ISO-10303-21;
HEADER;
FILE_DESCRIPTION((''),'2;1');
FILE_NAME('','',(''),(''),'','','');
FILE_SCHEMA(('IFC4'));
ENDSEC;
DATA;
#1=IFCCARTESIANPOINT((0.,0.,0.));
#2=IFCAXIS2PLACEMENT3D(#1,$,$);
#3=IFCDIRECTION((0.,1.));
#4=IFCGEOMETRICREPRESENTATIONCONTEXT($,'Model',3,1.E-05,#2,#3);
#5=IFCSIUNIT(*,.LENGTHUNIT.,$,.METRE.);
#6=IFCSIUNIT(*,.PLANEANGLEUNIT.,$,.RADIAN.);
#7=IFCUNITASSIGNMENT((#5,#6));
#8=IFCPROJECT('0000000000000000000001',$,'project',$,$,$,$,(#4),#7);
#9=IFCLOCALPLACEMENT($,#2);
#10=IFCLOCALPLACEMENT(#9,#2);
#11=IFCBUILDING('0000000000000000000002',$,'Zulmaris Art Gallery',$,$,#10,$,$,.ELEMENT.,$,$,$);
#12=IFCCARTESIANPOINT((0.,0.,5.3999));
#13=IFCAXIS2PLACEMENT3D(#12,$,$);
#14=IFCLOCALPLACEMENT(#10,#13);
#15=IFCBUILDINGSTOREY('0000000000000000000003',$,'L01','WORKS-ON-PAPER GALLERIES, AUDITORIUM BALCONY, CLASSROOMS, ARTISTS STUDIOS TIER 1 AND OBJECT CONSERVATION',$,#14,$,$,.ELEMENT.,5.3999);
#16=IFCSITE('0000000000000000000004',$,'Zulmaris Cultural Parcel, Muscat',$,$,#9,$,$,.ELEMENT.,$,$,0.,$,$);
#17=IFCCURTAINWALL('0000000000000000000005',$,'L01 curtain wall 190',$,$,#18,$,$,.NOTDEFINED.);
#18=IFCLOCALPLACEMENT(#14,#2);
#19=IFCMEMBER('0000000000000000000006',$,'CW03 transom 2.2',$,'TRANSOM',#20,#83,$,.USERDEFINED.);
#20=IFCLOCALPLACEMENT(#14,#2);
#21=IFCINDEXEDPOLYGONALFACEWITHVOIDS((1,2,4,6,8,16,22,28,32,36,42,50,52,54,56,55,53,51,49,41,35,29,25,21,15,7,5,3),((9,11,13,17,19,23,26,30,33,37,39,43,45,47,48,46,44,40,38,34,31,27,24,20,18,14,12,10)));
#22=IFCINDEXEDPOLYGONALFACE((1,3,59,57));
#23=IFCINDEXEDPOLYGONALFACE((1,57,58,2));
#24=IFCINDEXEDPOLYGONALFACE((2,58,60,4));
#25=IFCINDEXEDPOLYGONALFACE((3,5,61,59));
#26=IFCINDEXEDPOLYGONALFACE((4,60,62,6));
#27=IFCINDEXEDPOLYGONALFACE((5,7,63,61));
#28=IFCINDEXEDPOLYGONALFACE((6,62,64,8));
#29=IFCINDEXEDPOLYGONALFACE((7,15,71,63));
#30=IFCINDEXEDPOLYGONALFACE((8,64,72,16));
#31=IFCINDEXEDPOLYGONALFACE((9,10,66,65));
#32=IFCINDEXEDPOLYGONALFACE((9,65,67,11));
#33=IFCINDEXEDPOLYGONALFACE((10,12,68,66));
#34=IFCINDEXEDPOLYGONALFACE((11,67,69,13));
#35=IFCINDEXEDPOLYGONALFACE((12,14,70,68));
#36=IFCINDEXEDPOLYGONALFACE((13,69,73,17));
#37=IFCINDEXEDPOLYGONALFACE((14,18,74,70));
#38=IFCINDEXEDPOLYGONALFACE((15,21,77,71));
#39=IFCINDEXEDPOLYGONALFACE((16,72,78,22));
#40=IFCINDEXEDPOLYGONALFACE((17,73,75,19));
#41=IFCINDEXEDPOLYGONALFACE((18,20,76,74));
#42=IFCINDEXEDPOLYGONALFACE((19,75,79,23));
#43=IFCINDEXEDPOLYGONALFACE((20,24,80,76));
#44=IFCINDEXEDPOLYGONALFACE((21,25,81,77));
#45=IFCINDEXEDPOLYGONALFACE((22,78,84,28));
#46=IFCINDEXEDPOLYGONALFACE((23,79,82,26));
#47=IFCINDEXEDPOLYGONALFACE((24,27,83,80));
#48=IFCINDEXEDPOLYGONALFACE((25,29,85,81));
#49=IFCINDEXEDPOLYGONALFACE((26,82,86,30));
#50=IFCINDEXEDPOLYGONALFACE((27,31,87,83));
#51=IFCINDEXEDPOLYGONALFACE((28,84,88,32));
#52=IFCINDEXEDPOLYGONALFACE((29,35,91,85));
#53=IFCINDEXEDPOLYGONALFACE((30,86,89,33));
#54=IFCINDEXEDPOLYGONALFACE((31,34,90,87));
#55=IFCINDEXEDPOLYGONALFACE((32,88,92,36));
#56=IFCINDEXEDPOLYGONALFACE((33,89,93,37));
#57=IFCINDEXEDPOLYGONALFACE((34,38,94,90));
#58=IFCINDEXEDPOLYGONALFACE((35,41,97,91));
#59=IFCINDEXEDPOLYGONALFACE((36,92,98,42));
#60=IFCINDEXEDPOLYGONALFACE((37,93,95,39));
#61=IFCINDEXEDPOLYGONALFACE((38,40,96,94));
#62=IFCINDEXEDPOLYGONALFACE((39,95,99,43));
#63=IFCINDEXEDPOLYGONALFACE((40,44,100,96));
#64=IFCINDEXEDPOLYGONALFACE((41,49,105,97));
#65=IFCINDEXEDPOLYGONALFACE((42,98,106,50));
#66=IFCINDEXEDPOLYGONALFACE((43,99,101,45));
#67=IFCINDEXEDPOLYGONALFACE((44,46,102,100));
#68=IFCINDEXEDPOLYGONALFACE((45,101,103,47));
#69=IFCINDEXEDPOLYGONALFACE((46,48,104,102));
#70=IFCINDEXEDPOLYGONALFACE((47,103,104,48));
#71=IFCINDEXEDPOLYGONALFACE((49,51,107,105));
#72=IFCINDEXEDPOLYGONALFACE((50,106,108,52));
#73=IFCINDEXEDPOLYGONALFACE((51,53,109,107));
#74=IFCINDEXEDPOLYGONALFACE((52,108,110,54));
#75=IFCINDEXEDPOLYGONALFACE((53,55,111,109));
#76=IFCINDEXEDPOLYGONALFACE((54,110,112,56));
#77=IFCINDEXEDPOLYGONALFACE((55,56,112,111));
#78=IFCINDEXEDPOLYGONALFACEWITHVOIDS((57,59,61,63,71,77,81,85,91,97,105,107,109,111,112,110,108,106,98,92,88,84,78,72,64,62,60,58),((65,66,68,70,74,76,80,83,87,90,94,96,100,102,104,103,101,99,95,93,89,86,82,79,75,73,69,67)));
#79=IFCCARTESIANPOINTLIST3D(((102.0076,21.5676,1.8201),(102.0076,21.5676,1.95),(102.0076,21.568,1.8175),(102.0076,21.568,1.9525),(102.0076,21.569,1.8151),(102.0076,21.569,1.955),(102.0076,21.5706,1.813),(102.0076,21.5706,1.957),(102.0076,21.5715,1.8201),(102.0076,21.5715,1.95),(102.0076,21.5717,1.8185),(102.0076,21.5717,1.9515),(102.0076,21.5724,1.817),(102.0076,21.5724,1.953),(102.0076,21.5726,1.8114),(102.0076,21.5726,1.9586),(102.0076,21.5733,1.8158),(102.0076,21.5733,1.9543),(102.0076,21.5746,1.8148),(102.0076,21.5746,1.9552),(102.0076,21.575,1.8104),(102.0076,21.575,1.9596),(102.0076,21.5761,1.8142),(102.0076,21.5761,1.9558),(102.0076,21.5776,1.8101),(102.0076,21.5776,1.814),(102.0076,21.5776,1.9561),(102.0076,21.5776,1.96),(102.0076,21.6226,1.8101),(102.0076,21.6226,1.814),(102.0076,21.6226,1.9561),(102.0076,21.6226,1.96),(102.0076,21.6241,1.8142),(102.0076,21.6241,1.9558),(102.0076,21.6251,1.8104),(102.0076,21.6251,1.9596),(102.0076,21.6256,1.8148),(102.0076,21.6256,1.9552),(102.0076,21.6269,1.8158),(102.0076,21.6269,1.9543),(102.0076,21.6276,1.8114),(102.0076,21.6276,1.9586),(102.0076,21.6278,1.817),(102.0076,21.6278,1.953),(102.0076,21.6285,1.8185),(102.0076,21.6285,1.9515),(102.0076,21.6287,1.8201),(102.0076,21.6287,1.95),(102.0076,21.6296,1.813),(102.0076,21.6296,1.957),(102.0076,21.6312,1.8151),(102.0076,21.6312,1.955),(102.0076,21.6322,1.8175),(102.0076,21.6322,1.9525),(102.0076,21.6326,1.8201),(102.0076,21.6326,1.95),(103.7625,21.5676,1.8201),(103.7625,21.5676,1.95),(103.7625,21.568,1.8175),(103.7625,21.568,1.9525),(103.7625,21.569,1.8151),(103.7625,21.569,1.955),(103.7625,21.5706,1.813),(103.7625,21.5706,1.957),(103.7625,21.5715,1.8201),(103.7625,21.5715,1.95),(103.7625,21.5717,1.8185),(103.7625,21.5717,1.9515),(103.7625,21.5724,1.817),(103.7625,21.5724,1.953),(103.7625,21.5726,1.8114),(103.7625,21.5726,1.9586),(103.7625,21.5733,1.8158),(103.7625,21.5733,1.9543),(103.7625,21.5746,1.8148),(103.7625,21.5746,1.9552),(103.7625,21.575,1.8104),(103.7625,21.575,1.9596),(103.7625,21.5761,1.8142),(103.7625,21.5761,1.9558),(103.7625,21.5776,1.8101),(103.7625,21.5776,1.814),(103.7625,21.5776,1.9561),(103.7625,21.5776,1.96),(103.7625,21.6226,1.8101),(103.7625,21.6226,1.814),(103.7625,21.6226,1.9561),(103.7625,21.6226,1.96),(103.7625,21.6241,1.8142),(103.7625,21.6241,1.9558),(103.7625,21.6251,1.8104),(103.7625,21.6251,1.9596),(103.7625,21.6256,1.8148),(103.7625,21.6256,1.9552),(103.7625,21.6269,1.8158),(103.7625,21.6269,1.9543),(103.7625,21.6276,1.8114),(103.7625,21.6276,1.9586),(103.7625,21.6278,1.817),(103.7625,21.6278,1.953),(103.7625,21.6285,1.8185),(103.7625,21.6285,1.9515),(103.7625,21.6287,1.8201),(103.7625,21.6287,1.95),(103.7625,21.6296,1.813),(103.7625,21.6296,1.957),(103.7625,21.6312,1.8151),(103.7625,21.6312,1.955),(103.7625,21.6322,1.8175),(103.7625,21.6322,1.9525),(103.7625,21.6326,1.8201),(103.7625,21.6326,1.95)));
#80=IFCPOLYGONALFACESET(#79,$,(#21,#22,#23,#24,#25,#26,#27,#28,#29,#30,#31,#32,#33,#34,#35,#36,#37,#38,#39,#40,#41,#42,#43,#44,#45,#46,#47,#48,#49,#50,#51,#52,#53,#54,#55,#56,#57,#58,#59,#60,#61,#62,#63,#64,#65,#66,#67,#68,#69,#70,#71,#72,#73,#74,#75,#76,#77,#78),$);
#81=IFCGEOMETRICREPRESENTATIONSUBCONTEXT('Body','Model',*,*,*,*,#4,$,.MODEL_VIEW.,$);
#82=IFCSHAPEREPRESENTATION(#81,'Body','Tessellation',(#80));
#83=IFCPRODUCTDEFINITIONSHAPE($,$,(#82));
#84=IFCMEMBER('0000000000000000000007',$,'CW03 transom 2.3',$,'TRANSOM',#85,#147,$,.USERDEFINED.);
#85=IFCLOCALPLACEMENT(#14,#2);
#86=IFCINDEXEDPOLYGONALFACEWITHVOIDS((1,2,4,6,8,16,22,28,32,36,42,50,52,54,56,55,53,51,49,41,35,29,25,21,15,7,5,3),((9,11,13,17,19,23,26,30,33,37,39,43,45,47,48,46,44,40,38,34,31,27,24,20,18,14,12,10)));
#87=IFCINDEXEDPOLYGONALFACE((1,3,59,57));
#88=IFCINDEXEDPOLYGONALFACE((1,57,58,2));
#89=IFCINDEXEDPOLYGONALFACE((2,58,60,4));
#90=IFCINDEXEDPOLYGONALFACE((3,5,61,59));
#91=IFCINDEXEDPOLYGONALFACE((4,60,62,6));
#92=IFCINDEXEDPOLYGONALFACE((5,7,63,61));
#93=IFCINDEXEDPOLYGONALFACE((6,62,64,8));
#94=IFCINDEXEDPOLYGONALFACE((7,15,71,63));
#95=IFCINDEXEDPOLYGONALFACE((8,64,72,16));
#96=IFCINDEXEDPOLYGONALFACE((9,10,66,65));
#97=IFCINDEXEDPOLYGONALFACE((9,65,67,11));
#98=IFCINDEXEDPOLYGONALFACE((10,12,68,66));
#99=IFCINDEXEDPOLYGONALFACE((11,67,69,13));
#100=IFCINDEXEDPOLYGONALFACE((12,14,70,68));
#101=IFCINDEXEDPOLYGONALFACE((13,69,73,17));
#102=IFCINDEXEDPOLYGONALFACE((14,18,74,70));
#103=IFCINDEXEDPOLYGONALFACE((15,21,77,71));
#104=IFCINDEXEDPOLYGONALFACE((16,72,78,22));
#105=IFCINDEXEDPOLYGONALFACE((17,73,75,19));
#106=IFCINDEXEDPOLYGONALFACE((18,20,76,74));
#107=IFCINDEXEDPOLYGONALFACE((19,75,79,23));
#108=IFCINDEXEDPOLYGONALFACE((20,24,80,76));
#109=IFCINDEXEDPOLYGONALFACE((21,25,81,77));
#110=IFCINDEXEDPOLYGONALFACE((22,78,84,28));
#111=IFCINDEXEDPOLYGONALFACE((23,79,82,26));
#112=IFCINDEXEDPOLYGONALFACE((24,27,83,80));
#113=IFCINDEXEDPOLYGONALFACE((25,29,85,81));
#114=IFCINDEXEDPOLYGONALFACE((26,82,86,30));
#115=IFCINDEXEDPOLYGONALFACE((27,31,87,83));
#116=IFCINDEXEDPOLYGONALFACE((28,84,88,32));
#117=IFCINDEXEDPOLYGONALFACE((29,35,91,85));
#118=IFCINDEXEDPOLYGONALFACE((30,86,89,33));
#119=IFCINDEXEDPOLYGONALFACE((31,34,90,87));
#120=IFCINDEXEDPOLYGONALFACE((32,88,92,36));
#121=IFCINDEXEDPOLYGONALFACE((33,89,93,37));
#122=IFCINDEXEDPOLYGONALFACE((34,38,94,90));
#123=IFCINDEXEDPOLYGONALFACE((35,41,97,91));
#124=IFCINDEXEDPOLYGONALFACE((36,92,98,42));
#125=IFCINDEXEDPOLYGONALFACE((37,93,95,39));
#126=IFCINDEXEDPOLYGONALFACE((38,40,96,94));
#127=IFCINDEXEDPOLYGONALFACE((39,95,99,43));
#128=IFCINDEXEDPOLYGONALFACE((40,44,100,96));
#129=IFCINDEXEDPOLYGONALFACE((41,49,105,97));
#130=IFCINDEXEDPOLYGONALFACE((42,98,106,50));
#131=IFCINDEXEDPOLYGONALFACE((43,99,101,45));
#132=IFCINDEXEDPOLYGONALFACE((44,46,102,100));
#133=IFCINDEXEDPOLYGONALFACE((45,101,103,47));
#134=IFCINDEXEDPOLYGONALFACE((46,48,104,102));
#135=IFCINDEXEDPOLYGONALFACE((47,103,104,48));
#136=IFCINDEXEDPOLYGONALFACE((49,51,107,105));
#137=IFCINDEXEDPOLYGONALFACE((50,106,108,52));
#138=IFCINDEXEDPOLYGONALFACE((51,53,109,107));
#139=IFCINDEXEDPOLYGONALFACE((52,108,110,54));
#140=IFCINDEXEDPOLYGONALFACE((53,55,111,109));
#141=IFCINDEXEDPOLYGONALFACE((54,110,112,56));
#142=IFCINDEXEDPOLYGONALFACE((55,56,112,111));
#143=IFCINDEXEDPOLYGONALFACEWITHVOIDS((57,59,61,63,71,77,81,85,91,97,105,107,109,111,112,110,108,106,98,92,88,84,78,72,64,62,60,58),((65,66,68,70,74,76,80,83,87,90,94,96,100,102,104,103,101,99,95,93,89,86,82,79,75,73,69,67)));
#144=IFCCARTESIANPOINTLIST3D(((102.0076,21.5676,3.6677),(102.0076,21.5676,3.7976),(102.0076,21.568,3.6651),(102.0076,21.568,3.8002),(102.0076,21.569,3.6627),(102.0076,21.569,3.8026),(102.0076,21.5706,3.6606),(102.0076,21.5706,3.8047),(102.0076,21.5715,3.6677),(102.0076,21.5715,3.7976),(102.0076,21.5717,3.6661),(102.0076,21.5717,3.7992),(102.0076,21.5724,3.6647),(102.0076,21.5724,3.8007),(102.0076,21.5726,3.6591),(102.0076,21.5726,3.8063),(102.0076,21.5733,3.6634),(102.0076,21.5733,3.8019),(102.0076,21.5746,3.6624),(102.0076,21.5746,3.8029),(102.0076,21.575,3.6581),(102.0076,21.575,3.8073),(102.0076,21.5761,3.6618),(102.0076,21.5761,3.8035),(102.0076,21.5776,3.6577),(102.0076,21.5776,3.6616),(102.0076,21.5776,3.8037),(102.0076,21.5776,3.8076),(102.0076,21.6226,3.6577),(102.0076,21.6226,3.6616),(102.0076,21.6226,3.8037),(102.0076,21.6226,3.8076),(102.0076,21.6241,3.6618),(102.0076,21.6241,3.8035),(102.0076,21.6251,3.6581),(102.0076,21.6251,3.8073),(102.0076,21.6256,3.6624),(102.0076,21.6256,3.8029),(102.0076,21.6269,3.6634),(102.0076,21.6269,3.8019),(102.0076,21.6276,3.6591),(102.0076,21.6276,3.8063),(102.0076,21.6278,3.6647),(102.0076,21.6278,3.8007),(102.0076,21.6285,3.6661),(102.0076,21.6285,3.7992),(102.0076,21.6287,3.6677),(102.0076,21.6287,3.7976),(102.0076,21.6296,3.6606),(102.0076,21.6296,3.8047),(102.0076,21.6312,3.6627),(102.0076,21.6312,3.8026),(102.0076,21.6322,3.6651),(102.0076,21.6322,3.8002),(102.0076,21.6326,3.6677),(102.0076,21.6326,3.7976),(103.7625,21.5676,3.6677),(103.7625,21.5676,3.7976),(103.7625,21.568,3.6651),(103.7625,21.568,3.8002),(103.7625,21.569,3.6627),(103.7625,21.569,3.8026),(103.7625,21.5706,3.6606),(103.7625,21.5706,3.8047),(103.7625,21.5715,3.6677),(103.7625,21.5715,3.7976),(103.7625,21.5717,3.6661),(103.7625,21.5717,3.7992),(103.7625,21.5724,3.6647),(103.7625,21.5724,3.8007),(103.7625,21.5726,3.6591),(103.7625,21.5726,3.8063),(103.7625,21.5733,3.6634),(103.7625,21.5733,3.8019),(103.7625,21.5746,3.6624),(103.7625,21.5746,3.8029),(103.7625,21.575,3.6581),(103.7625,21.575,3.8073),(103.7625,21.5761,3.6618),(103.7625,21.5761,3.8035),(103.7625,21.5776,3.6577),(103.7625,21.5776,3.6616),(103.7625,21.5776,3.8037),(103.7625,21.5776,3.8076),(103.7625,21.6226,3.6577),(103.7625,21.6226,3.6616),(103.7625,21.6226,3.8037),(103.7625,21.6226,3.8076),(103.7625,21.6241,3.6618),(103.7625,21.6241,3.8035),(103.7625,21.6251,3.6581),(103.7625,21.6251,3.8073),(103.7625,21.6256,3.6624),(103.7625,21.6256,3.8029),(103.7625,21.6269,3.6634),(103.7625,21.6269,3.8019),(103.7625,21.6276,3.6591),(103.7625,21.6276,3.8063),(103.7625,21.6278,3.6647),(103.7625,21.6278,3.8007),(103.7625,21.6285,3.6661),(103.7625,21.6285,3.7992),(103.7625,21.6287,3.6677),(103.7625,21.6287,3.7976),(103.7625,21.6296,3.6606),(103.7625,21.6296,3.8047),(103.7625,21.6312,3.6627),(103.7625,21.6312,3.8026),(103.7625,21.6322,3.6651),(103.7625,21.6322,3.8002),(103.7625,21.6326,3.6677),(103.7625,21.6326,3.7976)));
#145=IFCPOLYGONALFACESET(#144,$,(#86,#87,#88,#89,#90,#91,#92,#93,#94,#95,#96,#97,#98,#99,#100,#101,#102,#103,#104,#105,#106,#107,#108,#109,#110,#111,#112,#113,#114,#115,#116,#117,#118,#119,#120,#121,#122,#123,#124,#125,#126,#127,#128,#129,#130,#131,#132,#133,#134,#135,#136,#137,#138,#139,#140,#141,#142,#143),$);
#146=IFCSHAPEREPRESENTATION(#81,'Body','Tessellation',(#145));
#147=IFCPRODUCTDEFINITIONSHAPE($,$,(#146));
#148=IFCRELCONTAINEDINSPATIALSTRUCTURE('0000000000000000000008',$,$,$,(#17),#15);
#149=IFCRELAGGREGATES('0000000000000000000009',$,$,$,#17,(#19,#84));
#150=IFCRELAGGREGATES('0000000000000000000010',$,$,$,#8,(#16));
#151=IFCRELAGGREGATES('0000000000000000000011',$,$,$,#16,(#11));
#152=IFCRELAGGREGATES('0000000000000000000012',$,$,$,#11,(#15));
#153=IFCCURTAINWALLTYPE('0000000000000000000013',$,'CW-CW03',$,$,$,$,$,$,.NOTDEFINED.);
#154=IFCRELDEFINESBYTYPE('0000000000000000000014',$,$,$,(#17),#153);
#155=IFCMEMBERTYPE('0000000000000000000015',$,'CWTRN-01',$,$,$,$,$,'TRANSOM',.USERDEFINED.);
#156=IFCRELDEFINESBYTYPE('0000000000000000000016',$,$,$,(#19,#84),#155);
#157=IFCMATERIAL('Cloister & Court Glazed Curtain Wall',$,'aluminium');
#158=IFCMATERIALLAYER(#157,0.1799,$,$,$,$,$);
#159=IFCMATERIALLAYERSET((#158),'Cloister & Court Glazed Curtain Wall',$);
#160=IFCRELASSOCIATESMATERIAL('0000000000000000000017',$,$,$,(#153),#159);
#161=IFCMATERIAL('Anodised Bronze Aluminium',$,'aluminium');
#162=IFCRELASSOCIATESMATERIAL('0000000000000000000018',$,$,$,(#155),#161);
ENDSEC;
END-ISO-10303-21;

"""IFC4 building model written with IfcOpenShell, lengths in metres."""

from ifc_helpers import new_model, si_unit, direction, frame, origin, origin_2d, place, context, subcontext, project, spatial, hollow_rectangle, extrude, material, layer, layer_set, material_profile, profile_set, type_object, element, aggregate, save


model = new_model("IFC4")

# Units and contexts
model_context = context("Model", 3, precision=1e-05, world=origin(), true_north=direction((0.0, 1.0)))
body_context = subcontext(model_context, "Body", "Model", "MODEL_VIEW")
ifc_project = project(units=[si_unit("LENGTHUNIT", "METRE"), si_unit("PLANEANGLEUNIT", "RADIAN")], contexts=[model_context])

# Site, building, storey
site_placement = place(None, origin())
site = spatial("IfcSite", under=ifc_project, at=site_placement, Name="Zulmaris Cultural Parcel, Muscat", CompositionType="ELEMENT", RefElevation=0.0)
building_placement = place(site_placement, origin())
building = spatial("IfcBuilding", under=site, at=building_placement, Name="Zulmaris Art Gallery", CompositionType="ELEMENT")
storey_placement = place(building_placement, frame((0.0, 0.0, 5.3999)))
storey = spatial("IfcBuildingStorey", under=building, at=storey_placement, Name="L01", Description="WORKS-ON-PAPER GALLERIES, AUDITORIUM BALCONY, CLASSROOMS, ARTISTS STUDIOS TIER 1 AND OBJECT CONSERVATION", CompositionType="ELEMENT", Elevation=5.3999)

# Curtain wall, members
ifc_material_1 = material(Name="Cloister & Court Glazed Curtain Wall", Category="aluminium")
ifc_layer_1 = layer(ifc_material_1, 0.1799)
ifc_layer_set_1 = layer_set([ifc_layer_1], Name="Cloister & Court Glazed Curtain Wall")
curtain_wall_type = type_object("IfcCurtainWallType", Name="CW-CW03", PredefinedType="NOTDEFINED", material=ifc_layer_set_1)
curtain_wall_placement = place(storey_placement, origin())
curtain_wall = element("IfcCurtainWall", 1, at=curtain_wall_placement, inside=storey, type_object=curtain_wall_type, Name="L01 curtain wall 190", PredefinedType="NOTDEFINED")
ifc_material_2 = material(Name="Anodised Bronze Aluminium", Category="aluminium")
ifc_material_profile_1 = material_profile(ifc_material_2, hollow_rectangle(XDim=0.0649, YDim=0.1499, WallThickness=0.0039, InnerFilletRadius=0.0061, OuterFilletRadius=0.01, at=origin_2d()), Name="ALU 65x150x4")
ifc_profile_set_1 = profile_set([ifc_material_profile_1], Name="Anodised Bronze Aluminium")
member_type_1 = type_object("IfcMemberType", Name="CWTRN-01", ElementType="TRANSOM", PredefinedType="USERDEFINED", material=ifc_profile_set_1)
member_1_placement = place(storey_placement, frame((102.0076, 21.6001, 1.885), z_axis=(1.0, 0.0, 0.0), x_axis=(0.0, 1.0, 0.0)))
member_1 = element("IfcMember", 2, at=member_1_placement, type_object=member_type_1, Name="CW03 transom 2.2", ObjectType="TRANSOM", PredefinedType="USERDEFINED", context=body_context, shape_type="SweptSolid", body=[
    extrude(hollow_rectangle(XDim=0.0649, YDim=0.1499, WallThickness=0.0039, InnerFilletRadius=0.0061, OuterFilletRadius=0.01, at=origin_2d()), origin(), (0.0, 0.0, 1.0), 1.7549),
])
member_2_placement = place(storey_placement, frame((102.0076, 21.6001, 3.7327), z_axis=(1.0, 0.0, 0.0), x_axis=(0.0, 1.0, 0.0)))
member_2 = element("IfcMember", 3, at=member_2_placement, type_object=member_type_1, Name="CW03 transom 2.3", ObjectType="TRANSOM", PredefinedType="USERDEFINED", context=body_context, shape_type="SweptSolid", body=[
    extrude(hollow_rectangle(XDim=0.0649, YDim=0.1499, WallThickness=0.0039, InnerFilletRadius=0.0061, OuterFilletRadius=0.01, at=origin_2d()), origin(), (0.0, 0.0, 1.0), 1.7549),
])
aggregate(curtain_wall, [member_1, member_2])

save(model, "model.ifc")
